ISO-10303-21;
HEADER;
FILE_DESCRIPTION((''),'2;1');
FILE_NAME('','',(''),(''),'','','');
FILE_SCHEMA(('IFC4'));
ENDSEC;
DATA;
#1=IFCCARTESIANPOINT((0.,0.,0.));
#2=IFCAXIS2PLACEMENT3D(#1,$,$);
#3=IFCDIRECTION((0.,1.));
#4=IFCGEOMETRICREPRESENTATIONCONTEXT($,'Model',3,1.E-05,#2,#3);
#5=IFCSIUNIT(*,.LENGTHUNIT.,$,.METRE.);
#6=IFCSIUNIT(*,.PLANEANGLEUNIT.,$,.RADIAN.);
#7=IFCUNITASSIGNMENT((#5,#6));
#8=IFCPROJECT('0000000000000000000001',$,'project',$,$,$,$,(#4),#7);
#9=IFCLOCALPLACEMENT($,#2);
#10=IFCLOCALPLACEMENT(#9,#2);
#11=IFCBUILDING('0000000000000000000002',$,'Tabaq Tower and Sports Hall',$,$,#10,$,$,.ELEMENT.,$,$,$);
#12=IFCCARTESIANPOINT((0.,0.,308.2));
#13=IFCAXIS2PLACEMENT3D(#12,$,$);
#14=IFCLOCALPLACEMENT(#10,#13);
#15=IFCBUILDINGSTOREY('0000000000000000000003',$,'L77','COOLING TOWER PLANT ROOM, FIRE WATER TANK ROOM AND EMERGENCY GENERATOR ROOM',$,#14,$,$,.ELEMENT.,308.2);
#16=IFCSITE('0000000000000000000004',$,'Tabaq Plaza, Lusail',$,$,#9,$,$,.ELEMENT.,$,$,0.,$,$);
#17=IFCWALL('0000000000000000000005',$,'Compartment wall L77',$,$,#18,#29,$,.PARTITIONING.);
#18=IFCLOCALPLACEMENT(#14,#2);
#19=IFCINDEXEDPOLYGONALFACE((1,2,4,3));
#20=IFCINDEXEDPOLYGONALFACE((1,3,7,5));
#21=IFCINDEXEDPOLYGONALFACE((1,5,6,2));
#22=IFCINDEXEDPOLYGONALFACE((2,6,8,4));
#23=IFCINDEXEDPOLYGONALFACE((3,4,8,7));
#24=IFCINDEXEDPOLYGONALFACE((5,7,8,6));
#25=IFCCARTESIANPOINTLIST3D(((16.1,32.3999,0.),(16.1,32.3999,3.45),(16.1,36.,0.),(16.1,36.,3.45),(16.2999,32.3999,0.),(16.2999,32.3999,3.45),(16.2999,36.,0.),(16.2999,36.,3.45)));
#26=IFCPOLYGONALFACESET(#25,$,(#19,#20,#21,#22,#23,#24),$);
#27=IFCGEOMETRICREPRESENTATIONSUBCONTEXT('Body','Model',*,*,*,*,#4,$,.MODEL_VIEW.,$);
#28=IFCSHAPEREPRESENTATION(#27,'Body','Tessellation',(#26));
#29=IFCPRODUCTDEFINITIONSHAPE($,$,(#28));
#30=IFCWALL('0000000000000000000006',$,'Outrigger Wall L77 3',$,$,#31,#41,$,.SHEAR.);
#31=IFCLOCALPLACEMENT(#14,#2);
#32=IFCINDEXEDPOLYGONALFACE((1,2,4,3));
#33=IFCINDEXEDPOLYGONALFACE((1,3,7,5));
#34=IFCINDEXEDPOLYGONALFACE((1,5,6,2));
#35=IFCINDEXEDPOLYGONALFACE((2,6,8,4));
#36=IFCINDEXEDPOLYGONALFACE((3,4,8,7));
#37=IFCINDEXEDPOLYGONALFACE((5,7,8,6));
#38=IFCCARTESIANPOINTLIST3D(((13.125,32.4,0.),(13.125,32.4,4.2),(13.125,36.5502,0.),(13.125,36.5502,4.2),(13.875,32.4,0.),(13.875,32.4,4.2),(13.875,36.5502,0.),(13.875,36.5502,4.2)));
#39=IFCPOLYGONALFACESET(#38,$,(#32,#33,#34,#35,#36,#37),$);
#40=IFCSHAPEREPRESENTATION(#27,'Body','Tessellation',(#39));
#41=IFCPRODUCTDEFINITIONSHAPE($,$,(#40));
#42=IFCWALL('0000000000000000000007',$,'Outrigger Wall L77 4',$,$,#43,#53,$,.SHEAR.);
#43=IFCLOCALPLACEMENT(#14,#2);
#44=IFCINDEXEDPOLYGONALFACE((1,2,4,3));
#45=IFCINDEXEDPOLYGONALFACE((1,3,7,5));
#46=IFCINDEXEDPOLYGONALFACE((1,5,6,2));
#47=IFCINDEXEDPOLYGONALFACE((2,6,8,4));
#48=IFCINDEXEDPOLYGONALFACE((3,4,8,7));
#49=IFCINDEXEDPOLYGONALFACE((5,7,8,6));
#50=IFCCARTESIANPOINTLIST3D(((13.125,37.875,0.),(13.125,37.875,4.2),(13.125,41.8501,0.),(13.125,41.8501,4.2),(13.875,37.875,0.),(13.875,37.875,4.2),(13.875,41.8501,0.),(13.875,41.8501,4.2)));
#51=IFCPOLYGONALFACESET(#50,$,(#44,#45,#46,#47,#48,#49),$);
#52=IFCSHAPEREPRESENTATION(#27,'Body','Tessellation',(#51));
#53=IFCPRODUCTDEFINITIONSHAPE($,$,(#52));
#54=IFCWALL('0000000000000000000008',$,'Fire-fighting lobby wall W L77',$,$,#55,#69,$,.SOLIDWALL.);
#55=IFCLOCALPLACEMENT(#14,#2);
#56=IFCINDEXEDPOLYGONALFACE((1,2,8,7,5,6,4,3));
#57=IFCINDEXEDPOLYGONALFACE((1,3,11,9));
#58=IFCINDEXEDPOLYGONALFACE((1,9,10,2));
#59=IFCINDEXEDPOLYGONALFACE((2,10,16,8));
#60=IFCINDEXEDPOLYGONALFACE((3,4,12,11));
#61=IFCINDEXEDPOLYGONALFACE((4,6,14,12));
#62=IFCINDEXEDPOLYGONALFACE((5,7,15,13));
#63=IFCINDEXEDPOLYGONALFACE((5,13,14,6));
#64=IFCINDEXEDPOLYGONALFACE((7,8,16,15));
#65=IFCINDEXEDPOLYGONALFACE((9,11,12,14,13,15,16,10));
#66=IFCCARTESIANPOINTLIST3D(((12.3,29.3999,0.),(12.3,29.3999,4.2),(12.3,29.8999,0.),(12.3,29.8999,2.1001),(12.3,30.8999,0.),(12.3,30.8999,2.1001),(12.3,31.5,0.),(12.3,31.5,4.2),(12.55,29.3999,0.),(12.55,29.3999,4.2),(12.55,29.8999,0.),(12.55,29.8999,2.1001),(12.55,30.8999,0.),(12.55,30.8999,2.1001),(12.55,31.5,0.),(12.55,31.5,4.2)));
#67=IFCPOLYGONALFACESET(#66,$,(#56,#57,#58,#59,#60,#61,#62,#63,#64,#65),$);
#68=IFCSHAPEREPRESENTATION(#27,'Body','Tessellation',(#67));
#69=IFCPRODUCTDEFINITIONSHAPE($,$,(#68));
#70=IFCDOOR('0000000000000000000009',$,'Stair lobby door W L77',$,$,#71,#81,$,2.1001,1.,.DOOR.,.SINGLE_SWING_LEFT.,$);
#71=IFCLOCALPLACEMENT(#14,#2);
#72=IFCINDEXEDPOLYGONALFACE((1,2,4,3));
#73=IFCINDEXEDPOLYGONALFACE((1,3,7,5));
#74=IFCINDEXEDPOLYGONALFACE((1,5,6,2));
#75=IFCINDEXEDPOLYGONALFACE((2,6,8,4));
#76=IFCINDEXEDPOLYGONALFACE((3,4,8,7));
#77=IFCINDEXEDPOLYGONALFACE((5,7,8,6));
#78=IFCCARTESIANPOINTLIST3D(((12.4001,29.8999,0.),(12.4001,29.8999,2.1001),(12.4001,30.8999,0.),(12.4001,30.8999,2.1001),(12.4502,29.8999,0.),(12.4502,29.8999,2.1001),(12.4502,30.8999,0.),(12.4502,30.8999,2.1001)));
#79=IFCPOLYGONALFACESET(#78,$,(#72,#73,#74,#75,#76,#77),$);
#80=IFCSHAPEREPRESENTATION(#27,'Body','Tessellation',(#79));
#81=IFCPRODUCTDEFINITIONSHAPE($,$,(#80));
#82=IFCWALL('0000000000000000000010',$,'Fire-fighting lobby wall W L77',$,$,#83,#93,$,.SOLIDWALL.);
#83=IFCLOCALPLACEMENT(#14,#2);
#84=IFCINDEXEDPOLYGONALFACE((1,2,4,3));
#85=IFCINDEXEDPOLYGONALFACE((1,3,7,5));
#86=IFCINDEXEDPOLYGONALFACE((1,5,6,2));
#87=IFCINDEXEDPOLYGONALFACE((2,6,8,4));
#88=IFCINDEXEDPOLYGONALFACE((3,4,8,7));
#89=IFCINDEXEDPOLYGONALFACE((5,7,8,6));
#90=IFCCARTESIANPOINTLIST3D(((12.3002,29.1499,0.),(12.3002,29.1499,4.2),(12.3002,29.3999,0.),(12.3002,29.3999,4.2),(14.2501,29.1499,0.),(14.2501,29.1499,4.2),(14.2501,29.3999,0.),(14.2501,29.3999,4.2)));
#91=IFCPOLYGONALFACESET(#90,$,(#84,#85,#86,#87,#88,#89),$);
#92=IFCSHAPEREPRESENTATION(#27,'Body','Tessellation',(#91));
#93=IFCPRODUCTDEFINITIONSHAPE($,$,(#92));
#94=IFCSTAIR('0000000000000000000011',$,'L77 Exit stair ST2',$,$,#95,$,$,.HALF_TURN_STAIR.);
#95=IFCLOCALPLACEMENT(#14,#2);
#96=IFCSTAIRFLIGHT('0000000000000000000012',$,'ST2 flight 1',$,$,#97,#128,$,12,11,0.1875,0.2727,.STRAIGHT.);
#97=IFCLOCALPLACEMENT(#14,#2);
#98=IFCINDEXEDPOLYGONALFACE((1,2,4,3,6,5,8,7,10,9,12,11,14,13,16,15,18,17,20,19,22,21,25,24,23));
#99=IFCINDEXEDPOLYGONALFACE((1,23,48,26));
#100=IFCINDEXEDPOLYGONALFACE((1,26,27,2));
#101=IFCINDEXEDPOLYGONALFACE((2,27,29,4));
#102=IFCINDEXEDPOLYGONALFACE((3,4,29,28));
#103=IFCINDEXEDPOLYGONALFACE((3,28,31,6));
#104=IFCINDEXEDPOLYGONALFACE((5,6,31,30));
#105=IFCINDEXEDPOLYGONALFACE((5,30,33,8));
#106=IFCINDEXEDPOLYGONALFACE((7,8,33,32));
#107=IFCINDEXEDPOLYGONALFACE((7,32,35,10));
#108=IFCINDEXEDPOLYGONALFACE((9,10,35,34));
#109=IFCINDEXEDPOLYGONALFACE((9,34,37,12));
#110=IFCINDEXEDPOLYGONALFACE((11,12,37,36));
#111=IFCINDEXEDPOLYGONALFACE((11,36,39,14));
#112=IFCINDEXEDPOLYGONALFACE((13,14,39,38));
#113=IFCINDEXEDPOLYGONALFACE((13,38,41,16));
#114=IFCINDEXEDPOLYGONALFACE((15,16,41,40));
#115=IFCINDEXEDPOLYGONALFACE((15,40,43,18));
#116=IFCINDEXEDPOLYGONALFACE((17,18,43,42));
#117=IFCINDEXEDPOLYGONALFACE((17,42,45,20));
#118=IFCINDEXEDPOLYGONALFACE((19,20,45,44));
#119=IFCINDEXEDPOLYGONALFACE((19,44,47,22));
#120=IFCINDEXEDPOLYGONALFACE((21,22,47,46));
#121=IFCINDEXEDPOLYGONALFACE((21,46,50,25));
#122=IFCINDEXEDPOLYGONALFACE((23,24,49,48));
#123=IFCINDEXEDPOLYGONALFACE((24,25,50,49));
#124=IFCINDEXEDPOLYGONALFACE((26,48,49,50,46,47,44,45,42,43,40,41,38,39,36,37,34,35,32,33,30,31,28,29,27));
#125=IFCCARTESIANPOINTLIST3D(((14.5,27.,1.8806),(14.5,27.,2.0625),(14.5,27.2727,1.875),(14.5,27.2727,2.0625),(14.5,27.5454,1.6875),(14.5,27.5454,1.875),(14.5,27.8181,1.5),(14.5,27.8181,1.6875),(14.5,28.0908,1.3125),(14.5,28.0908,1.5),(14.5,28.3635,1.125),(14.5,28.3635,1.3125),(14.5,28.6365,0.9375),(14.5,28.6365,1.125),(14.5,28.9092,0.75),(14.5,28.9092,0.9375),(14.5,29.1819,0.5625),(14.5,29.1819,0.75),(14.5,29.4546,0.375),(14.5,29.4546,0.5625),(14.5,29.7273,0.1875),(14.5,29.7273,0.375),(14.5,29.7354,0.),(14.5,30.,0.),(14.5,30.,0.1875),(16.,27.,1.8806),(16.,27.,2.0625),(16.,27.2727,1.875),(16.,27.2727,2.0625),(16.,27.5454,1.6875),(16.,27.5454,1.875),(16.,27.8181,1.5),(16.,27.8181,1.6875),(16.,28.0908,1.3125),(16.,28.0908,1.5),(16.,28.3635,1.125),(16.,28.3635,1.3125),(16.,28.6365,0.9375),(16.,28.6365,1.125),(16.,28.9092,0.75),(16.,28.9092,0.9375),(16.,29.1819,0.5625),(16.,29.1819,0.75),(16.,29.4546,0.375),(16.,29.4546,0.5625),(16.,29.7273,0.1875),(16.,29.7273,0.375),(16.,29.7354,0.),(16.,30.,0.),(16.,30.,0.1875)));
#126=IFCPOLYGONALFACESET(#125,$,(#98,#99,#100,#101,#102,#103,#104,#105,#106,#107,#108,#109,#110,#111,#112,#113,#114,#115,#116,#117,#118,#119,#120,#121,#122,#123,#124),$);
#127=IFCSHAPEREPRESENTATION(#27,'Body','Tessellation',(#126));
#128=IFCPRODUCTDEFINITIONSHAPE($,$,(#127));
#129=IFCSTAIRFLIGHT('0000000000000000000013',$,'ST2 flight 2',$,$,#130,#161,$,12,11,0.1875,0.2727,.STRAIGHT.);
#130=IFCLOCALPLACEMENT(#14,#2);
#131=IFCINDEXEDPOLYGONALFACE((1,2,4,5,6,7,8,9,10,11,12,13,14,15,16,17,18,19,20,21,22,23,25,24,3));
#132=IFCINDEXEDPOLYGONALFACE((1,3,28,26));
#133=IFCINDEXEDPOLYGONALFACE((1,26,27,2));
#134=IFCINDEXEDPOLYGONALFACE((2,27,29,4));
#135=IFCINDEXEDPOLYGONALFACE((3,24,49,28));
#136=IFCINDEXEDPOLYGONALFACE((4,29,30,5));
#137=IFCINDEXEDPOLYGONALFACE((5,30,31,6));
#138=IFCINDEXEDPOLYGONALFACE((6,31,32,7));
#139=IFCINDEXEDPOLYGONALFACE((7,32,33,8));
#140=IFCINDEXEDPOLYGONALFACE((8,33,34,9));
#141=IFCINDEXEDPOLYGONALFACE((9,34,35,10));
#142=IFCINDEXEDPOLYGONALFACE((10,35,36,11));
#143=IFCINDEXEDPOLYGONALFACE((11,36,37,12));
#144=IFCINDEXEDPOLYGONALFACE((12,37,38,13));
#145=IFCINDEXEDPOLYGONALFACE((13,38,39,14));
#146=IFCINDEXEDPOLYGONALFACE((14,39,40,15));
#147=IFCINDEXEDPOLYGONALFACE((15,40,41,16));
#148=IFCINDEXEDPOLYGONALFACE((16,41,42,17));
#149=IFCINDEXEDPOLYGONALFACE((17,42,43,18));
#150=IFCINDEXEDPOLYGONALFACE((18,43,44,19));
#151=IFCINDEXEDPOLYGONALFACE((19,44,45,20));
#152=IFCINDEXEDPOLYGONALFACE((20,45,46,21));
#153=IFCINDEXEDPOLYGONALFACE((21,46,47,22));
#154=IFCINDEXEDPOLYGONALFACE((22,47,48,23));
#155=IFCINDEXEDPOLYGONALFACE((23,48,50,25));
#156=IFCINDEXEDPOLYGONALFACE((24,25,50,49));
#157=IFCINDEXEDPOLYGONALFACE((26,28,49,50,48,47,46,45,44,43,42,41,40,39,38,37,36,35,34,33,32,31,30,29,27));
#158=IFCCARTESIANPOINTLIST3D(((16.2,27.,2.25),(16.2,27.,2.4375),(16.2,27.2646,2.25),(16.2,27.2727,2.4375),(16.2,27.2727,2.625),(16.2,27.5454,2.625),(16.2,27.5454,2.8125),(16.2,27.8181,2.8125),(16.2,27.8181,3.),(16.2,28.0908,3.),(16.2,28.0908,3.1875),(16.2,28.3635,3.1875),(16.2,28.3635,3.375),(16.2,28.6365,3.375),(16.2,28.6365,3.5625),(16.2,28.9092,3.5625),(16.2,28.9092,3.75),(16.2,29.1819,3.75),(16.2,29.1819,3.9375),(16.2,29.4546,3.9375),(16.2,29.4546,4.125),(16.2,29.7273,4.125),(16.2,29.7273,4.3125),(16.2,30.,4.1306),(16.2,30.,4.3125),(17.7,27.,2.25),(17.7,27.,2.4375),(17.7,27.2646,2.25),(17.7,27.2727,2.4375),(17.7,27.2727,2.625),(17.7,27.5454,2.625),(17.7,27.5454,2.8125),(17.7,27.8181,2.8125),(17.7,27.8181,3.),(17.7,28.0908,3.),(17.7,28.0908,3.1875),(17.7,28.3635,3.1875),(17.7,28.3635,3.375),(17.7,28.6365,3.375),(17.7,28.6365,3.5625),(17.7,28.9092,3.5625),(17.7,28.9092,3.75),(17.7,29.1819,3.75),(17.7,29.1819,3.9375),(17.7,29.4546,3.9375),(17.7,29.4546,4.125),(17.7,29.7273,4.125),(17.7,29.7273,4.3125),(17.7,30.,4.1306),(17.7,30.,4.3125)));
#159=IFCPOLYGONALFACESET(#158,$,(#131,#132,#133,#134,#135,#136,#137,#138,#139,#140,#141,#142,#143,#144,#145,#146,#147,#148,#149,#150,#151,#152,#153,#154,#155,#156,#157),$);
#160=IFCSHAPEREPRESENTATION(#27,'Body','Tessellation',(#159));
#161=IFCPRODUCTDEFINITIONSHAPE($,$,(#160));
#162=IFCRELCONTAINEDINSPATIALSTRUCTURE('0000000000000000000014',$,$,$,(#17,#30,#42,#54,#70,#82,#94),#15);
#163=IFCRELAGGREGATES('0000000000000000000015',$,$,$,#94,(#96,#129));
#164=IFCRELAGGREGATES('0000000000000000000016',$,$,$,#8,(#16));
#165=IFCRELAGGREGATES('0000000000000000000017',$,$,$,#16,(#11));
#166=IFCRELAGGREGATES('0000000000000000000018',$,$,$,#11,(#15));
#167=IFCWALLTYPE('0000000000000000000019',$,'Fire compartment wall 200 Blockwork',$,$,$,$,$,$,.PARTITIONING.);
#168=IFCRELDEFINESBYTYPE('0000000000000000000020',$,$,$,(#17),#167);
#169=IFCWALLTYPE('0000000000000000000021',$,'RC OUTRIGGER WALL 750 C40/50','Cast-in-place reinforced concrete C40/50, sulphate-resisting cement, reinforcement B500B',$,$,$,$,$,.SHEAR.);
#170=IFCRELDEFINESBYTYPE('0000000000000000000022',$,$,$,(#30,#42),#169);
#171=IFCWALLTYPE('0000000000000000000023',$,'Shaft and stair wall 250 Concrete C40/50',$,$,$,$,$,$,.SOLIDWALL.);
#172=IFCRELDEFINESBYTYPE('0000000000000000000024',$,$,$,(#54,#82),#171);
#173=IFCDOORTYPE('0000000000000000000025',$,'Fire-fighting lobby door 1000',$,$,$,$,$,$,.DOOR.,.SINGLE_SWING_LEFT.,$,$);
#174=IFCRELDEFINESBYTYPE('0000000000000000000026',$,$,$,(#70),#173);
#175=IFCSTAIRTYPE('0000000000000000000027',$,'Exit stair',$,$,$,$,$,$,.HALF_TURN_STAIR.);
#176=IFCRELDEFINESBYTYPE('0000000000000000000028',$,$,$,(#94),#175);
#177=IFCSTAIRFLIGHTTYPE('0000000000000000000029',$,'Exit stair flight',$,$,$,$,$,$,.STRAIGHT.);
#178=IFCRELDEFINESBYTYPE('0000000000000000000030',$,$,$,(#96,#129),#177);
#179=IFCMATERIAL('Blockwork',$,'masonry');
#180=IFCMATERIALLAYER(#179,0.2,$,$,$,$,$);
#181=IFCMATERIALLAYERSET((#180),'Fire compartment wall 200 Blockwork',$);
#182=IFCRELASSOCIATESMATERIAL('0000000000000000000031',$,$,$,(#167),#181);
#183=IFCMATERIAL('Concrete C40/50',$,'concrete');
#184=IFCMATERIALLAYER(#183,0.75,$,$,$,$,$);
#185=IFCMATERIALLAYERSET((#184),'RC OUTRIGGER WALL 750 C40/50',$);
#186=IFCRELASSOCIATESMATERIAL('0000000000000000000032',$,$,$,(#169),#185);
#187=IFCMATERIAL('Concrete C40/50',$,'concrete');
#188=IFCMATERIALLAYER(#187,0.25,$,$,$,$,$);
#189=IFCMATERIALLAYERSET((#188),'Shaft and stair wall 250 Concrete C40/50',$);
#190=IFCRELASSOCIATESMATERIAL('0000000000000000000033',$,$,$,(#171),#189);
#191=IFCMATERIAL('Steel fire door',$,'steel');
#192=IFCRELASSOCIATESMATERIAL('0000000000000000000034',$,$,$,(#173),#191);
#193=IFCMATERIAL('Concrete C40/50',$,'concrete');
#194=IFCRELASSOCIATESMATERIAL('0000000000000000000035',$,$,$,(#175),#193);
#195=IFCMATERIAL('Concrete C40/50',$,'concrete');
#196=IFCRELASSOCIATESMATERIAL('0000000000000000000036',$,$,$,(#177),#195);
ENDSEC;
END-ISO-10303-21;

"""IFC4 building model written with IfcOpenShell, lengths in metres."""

from ifc_helpers import new_model, si_unit, direction, frame, frame_2d, origin, place, context, subcontext, project, spatial, polyline, rectangle, outline, extrude, material, layer, layer_set, type_object, element, fill, aggregate, save


model = new_model("IFC4")

# Units and contexts
model_context = context("Model", 3, precision=1e-05, world=origin(), true_north=direction((0.0, 1.0)))
body_context = subcontext(model_context, "Body", "Model", "MODEL_VIEW")
ifc_project = project(units=[si_unit("LENGTHUNIT", "METRE"), si_unit("PLANEANGLEUNIT", "RADIAN")], contexts=[model_context])

# Site, building, storey
site_placement = place(None, origin())
site = spatial("IfcSite", under=ifc_project, at=site_placement, Name="Tabaq Plaza, Lusail", CompositionType="ELEMENT", RefElevation=0.0)
building_placement = place(site_placement, origin())
building = spatial("IfcBuilding", under=site, at=building_placement, Name="Tabaq Tower and Sports Hall", CompositionType="ELEMENT")
storey_placement = place(building_placement, frame((0.0, 0.0, 308.2)))
storey = spatial("IfcBuildingStorey", under=building, at=storey_placement, Name="L77", Description="COOLING TOWER PLANT ROOM, FIRE WATER TANK ROOM AND EMERGENCY GENERATOR ROOM", CompositionType="ELEMENT", Elevation=308.2)

# Shared definitions
ifc_material_1 = material(Name="Blockwork", Category="masonry")
ifc_layer_1 = layer(ifc_material_1, 0.2)
ifc_layer_set_1 = layer_set([ifc_layer_1], Name="Fire compartment wall 200 Blockwork")
wall_type_1 = type_object("IfcWallType", Name="Fire compartment wall 200 Blockwork", PredefinedType="PARTITIONING", material=ifc_layer_set_1)

# Wall
wall_1_placement = place(storey_placement, frame((16.2, 36.0, 0.0), z_axis=(0.0, 0.0, 1.0), x_axis=(0.0, -1.0, 0.0)))
element("IfcWall", 1, at=wall_1_placement, inside=storey, type_object=wall_type_1, Name="Compartment wall L77", PredefinedType="PARTITIONING", context=body_context, shape_type="SweptSolid", body=[
    extrude(rectangle(XDim=3.6001, YDim=0.2, at=frame_2d((1.8, 0.0))), origin(), (0.0, 0.0, 1.0), 3.45),
])

# Walls
ifc_material_2 = material(Name="Concrete C40/50", Category="concrete")
ifc_layer_2 = layer(ifc_material_2, 0.75)
ifc_layer_set_2 = layer_set([ifc_layer_2], Name="RC OUTRIGGER WALL 750 C40/50")
wall_type_2 = type_object("IfcWallType", Name="RC OUTRIGGER WALL 750 C40/50", Description="Cast-in-place reinforced concrete C40/50, sulphate-resisting cement, reinforcement B500B", PredefinedType="SHEAR", material=ifc_layer_set_2)
wall_2_placement = place(storey_placement, frame((13.5, 32.3999, 0.0), z_axis=(0.0, 0.0, 1.0), x_axis=(0.0, 1.0, 0.0)))
element("IfcWall", 2, at=wall_2_placement, inside=storey, type_object=wall_type_2, Name="Outrigger Wall L77 3", PredefinedType="SHEAR", context=body_context, shape_type="SweptSolid", body=[
    extrude(rectangle(XDim=4.1501, YDim=0.75, at=frame_2d((2.0752, 0.0))), origin(), (0.0, 0.0, 1.0), 4.2),
])
wall_3_placement = place(storey_placement, frame((13.5, 37.875, 0.0), z_axis=(0.0, 0.0, 1.0), x_axis=(0.0, 1.0, 0.0)))
element("IfcWall", 3, at=wall_3_placement, inside=storey, type_object=wall_type_2, Name="Outrigger Wall L77 4", PredefinedType="SHEAR", context=body_context, shape_type="SweptSolid", body=[
    extrude(rectangle(XDim=3.9751, YDim=0.75, at=frame_2d((1.9875, 0.0))), origin(), (0.0, 0.0, 1.0), 4.2),
])

# Wall, opening, door
ifc_material_3 = material(Name="Concrete C40/50", Category="concrete")
ifc_layer_3 = layer(ifc_material_3, 0.25)
ifc_layer_set_3 = layer_set([ifc_layer_3], Name="Shaft and stair wall 250 Concrete C40/50")
wall_type_3 = type_object("IfcWallType", Name="Shaft and stair wall 250 Concrete C40/50", PredefinedType="SOLIDWALL", material=ifc_layer_set_3)
wall_4_placement = place(storey_placement, frame((12.425, 29.3999, 0.0), z_axis=(0.0, 0.0, 1.0), x_axis=(0.0, 1.0, 0.0)))
wall_4 = element("IfcWall", 4, at=wall_4_placement, inside=storey, type_object=wall_type_3, Name="Fire-fighting lobby wall W L77", PredefinedType="SOLIDWALL", context=body_context, shape_type="SweptSolid", body=[
    extrude(rectangle(XDim=2.1001, YDim=0.25, at=frame_2d((1.05, 0.0))), origin(), (0.0, 0.0, 1.0), 4.2),
])
opening_1_placement = place(wall_4_placement, frame((0.5, 0.0, 0.0)))
opening_1 = element("IfcOpeningElement", 5, at=opening_1_placement, cuts=wall_4, PredefinedType="OPENING", context=body_context, shape_type="SweptSolid", body=[
    extrude(rectangle(XDim=1.0, YDim=2.1001, at=frame_2d((0.5, 1.05))), frame((0.0, 0.125, 0.0), z_axis=(0.0, -1.0, 0.0), x_axis=(1.0, 0.0, 0.0)), (0.0, 0.0, 1.0), 0.25),
])
ifc_material_4 = material(Name="Steel fire door", Category="steel")
door_type_1 = type_object("IfcDoorType", Name="Fire-fighting lobby door 1000", OperationType="SINGLE_SWING_LEFT", PredefinedType="DOOR", material=ifc_material_4)
door_1_placement = place(opening_1_placement, origin())
door_1 = element("IfcDoor", 6, at=door_1_placement, inside=storey, type_object=door_type_1, Name="Stair lobby door W L77", OperationType="SINGLE_SWING_LEFT", OverallHeight=2.1001, OverallWidth=1.0, PredefinedType="DOOR", context=body_context, shape_type="SweptSolid", body=[
    extrude(rectangle(XDim=1.0, YDim=2.1001, at=frame_2d((0.5, 1.05))), frame((0.0, 0.0249, 0.0), z_axis=(0.0, -1.0, 0.0), x_axis=(1.0, 0.0, 0.0)), (0.0, 0.0, 1.0), 0.05),
])
fill(opening_1, door_1)

# Wall
wall_5_placement = place(storey_placement, frame((12.3, 29.2749, 0.0), z_axis=(0.0, 0.0, 1.0), x_axis=(1.0, 0.0, 0.0)))
element("IfcWall", 7, at=wall_5_placement, inside=storey, type_object=wall_type_3, Name="Fire-fighting lobby wall W L77", PredefinedType="SOLIDWALL", context=body_context, shape_type="SweptSolid", body=[
    extrude(rectangle(XDim=1.95, YDim=0.25, at=frame_2d((0.9751, 0.0))), origin(), (0.0, 0.0, 1.0), 4.2),
])

# Stair, stair flights
ifc_material_5 = material(Name="Concrete C40/50", Category="concrete")
stair_type = type_object("IfcStairType", Name="Exit stair", PredefinedType="HALF_TURN_STAIR", material=ifc_material_5)
stair_placement = place(storey_placement, origin())
stair = element("IfcStair", 8, at=stair_placement, inside=storey, type_object=stair_type, Name="L77 Exit stair ST2", PredefinedType="HALF_TURN_STAIR")
ifc_material_6 = material(Name="Concrete C40/50", Category="concrete")
stair_flight_type = type_object("IfcStairFlightType", Name="Exit stair flight", PredefinedType="STRAIGHT", material=ifc_material_6)
stair_flight_1_placement = place(storey_placement, frame((15.25, 30.0, 0.0), z_axis=(0.0, 0.0, 1.0), x_axis=(0.0, -1.0, 0.0)))
stair_flight_1 = element("IfcStairFlight", 9, at=stair_flight_1_placement, type_object=stair_flight_type, Name="ST2 flight 1", NumberOfRisers=12, NumberOfTreads=11, PredefinedType="STRAIGHT", RiserHeight=0.1875, TreadLength=0.2727, context=body_context, shape_type="SweptSolid", body=[
    extrude(outline(polyline([(0.0, 0.0), (0.0, 0.1875), (0.2727, 0.1875), (0.2727, 0.375), (0.5454, 0.375), (0.5454, 0.5625), (0.8181, 0.5625), (0.8181, 0.75), (1.0908, 0.75), (1.0908, 0.9375), (1.3635, 0.9375), (1.3635, 1.125), (1.6365, 1.125), (1.6365, 1.3125), (1.9092, 1.3125), (1.9092, 1.5), (2.1819, 1.5), (2.1819, 1.6875), (2.4546, 1.6875), (2.4546, 1.875), (2.7273, 1.875), (2.7273, 2.0625), (3.0, 2.0625), (3.0, 2.25), (3.0, 1.8806), (0.2646, 0.0), (0.0, 0.0)])), frame((0.0, 0.75, 0.0), z_axis=(0.0, -1.0, 0.0), x_axis=(1.0, 0.0, 0.0)), (0.0, 0.0, 1.0), 1.5),
])
stair_flight_2_placement = place(storey_placement, frame((16.95, 27.0, 2.25), z_axis=(0.0, 0.0, 1.0), x_axis=(0.0, 1.0, 0.0)))
stair_flight_2 = element("IfcStairFlight", 10, at=stair_flight_2_placement, type_object=stair_flight_type, Name="ST2 flight 2", NumberOfRisers=12, NumberOfTreads=11, PredefinedType="STRAIGHT", RiserHeight=0.1875, TreadLength=0.2727, context=body_context, shape_type="SweptSolid", body=[
    extrude(outline(polyline([(0.0, 0.0), (0.0, 0.1875), (0.2727, 0.1875), (0.2727, 0.375), (0.5454, 0.375), (0.5454, 0.5625), (0.8181, 0.5625), (0.8181, 0.75), (1.0908, 0.75), (1.0908, 0.9375), (1.3635, 0.9375), (1.3635, 1.125), (1.6365, 1.125), (1.6365, 1.3125), (1.9092, 1.3125), (1.9092, 1.5), (2.1819, 1.5), (2.1819, 1.6875), (2.4546, 1.6875), (2.4546, 1.875), (2.7273, 1.875), (2.7273, 2.0625), (3.0, 2.0625), (3.0, 2.25), (3.0, 1.8806), (0.2646, 0.0), (0.0, 0.0)])), frame((0.0, 0.75, 0.0), z_axis=(0.0, -1.0, 0.0), x_axis=(1.0, 0.0, 0.0)), (0.0, 0.0, 1.0), 1.5),
])
aggregate(stair, [stair_flight_1, stair_flight_2])

save(model, "model.ifc")
